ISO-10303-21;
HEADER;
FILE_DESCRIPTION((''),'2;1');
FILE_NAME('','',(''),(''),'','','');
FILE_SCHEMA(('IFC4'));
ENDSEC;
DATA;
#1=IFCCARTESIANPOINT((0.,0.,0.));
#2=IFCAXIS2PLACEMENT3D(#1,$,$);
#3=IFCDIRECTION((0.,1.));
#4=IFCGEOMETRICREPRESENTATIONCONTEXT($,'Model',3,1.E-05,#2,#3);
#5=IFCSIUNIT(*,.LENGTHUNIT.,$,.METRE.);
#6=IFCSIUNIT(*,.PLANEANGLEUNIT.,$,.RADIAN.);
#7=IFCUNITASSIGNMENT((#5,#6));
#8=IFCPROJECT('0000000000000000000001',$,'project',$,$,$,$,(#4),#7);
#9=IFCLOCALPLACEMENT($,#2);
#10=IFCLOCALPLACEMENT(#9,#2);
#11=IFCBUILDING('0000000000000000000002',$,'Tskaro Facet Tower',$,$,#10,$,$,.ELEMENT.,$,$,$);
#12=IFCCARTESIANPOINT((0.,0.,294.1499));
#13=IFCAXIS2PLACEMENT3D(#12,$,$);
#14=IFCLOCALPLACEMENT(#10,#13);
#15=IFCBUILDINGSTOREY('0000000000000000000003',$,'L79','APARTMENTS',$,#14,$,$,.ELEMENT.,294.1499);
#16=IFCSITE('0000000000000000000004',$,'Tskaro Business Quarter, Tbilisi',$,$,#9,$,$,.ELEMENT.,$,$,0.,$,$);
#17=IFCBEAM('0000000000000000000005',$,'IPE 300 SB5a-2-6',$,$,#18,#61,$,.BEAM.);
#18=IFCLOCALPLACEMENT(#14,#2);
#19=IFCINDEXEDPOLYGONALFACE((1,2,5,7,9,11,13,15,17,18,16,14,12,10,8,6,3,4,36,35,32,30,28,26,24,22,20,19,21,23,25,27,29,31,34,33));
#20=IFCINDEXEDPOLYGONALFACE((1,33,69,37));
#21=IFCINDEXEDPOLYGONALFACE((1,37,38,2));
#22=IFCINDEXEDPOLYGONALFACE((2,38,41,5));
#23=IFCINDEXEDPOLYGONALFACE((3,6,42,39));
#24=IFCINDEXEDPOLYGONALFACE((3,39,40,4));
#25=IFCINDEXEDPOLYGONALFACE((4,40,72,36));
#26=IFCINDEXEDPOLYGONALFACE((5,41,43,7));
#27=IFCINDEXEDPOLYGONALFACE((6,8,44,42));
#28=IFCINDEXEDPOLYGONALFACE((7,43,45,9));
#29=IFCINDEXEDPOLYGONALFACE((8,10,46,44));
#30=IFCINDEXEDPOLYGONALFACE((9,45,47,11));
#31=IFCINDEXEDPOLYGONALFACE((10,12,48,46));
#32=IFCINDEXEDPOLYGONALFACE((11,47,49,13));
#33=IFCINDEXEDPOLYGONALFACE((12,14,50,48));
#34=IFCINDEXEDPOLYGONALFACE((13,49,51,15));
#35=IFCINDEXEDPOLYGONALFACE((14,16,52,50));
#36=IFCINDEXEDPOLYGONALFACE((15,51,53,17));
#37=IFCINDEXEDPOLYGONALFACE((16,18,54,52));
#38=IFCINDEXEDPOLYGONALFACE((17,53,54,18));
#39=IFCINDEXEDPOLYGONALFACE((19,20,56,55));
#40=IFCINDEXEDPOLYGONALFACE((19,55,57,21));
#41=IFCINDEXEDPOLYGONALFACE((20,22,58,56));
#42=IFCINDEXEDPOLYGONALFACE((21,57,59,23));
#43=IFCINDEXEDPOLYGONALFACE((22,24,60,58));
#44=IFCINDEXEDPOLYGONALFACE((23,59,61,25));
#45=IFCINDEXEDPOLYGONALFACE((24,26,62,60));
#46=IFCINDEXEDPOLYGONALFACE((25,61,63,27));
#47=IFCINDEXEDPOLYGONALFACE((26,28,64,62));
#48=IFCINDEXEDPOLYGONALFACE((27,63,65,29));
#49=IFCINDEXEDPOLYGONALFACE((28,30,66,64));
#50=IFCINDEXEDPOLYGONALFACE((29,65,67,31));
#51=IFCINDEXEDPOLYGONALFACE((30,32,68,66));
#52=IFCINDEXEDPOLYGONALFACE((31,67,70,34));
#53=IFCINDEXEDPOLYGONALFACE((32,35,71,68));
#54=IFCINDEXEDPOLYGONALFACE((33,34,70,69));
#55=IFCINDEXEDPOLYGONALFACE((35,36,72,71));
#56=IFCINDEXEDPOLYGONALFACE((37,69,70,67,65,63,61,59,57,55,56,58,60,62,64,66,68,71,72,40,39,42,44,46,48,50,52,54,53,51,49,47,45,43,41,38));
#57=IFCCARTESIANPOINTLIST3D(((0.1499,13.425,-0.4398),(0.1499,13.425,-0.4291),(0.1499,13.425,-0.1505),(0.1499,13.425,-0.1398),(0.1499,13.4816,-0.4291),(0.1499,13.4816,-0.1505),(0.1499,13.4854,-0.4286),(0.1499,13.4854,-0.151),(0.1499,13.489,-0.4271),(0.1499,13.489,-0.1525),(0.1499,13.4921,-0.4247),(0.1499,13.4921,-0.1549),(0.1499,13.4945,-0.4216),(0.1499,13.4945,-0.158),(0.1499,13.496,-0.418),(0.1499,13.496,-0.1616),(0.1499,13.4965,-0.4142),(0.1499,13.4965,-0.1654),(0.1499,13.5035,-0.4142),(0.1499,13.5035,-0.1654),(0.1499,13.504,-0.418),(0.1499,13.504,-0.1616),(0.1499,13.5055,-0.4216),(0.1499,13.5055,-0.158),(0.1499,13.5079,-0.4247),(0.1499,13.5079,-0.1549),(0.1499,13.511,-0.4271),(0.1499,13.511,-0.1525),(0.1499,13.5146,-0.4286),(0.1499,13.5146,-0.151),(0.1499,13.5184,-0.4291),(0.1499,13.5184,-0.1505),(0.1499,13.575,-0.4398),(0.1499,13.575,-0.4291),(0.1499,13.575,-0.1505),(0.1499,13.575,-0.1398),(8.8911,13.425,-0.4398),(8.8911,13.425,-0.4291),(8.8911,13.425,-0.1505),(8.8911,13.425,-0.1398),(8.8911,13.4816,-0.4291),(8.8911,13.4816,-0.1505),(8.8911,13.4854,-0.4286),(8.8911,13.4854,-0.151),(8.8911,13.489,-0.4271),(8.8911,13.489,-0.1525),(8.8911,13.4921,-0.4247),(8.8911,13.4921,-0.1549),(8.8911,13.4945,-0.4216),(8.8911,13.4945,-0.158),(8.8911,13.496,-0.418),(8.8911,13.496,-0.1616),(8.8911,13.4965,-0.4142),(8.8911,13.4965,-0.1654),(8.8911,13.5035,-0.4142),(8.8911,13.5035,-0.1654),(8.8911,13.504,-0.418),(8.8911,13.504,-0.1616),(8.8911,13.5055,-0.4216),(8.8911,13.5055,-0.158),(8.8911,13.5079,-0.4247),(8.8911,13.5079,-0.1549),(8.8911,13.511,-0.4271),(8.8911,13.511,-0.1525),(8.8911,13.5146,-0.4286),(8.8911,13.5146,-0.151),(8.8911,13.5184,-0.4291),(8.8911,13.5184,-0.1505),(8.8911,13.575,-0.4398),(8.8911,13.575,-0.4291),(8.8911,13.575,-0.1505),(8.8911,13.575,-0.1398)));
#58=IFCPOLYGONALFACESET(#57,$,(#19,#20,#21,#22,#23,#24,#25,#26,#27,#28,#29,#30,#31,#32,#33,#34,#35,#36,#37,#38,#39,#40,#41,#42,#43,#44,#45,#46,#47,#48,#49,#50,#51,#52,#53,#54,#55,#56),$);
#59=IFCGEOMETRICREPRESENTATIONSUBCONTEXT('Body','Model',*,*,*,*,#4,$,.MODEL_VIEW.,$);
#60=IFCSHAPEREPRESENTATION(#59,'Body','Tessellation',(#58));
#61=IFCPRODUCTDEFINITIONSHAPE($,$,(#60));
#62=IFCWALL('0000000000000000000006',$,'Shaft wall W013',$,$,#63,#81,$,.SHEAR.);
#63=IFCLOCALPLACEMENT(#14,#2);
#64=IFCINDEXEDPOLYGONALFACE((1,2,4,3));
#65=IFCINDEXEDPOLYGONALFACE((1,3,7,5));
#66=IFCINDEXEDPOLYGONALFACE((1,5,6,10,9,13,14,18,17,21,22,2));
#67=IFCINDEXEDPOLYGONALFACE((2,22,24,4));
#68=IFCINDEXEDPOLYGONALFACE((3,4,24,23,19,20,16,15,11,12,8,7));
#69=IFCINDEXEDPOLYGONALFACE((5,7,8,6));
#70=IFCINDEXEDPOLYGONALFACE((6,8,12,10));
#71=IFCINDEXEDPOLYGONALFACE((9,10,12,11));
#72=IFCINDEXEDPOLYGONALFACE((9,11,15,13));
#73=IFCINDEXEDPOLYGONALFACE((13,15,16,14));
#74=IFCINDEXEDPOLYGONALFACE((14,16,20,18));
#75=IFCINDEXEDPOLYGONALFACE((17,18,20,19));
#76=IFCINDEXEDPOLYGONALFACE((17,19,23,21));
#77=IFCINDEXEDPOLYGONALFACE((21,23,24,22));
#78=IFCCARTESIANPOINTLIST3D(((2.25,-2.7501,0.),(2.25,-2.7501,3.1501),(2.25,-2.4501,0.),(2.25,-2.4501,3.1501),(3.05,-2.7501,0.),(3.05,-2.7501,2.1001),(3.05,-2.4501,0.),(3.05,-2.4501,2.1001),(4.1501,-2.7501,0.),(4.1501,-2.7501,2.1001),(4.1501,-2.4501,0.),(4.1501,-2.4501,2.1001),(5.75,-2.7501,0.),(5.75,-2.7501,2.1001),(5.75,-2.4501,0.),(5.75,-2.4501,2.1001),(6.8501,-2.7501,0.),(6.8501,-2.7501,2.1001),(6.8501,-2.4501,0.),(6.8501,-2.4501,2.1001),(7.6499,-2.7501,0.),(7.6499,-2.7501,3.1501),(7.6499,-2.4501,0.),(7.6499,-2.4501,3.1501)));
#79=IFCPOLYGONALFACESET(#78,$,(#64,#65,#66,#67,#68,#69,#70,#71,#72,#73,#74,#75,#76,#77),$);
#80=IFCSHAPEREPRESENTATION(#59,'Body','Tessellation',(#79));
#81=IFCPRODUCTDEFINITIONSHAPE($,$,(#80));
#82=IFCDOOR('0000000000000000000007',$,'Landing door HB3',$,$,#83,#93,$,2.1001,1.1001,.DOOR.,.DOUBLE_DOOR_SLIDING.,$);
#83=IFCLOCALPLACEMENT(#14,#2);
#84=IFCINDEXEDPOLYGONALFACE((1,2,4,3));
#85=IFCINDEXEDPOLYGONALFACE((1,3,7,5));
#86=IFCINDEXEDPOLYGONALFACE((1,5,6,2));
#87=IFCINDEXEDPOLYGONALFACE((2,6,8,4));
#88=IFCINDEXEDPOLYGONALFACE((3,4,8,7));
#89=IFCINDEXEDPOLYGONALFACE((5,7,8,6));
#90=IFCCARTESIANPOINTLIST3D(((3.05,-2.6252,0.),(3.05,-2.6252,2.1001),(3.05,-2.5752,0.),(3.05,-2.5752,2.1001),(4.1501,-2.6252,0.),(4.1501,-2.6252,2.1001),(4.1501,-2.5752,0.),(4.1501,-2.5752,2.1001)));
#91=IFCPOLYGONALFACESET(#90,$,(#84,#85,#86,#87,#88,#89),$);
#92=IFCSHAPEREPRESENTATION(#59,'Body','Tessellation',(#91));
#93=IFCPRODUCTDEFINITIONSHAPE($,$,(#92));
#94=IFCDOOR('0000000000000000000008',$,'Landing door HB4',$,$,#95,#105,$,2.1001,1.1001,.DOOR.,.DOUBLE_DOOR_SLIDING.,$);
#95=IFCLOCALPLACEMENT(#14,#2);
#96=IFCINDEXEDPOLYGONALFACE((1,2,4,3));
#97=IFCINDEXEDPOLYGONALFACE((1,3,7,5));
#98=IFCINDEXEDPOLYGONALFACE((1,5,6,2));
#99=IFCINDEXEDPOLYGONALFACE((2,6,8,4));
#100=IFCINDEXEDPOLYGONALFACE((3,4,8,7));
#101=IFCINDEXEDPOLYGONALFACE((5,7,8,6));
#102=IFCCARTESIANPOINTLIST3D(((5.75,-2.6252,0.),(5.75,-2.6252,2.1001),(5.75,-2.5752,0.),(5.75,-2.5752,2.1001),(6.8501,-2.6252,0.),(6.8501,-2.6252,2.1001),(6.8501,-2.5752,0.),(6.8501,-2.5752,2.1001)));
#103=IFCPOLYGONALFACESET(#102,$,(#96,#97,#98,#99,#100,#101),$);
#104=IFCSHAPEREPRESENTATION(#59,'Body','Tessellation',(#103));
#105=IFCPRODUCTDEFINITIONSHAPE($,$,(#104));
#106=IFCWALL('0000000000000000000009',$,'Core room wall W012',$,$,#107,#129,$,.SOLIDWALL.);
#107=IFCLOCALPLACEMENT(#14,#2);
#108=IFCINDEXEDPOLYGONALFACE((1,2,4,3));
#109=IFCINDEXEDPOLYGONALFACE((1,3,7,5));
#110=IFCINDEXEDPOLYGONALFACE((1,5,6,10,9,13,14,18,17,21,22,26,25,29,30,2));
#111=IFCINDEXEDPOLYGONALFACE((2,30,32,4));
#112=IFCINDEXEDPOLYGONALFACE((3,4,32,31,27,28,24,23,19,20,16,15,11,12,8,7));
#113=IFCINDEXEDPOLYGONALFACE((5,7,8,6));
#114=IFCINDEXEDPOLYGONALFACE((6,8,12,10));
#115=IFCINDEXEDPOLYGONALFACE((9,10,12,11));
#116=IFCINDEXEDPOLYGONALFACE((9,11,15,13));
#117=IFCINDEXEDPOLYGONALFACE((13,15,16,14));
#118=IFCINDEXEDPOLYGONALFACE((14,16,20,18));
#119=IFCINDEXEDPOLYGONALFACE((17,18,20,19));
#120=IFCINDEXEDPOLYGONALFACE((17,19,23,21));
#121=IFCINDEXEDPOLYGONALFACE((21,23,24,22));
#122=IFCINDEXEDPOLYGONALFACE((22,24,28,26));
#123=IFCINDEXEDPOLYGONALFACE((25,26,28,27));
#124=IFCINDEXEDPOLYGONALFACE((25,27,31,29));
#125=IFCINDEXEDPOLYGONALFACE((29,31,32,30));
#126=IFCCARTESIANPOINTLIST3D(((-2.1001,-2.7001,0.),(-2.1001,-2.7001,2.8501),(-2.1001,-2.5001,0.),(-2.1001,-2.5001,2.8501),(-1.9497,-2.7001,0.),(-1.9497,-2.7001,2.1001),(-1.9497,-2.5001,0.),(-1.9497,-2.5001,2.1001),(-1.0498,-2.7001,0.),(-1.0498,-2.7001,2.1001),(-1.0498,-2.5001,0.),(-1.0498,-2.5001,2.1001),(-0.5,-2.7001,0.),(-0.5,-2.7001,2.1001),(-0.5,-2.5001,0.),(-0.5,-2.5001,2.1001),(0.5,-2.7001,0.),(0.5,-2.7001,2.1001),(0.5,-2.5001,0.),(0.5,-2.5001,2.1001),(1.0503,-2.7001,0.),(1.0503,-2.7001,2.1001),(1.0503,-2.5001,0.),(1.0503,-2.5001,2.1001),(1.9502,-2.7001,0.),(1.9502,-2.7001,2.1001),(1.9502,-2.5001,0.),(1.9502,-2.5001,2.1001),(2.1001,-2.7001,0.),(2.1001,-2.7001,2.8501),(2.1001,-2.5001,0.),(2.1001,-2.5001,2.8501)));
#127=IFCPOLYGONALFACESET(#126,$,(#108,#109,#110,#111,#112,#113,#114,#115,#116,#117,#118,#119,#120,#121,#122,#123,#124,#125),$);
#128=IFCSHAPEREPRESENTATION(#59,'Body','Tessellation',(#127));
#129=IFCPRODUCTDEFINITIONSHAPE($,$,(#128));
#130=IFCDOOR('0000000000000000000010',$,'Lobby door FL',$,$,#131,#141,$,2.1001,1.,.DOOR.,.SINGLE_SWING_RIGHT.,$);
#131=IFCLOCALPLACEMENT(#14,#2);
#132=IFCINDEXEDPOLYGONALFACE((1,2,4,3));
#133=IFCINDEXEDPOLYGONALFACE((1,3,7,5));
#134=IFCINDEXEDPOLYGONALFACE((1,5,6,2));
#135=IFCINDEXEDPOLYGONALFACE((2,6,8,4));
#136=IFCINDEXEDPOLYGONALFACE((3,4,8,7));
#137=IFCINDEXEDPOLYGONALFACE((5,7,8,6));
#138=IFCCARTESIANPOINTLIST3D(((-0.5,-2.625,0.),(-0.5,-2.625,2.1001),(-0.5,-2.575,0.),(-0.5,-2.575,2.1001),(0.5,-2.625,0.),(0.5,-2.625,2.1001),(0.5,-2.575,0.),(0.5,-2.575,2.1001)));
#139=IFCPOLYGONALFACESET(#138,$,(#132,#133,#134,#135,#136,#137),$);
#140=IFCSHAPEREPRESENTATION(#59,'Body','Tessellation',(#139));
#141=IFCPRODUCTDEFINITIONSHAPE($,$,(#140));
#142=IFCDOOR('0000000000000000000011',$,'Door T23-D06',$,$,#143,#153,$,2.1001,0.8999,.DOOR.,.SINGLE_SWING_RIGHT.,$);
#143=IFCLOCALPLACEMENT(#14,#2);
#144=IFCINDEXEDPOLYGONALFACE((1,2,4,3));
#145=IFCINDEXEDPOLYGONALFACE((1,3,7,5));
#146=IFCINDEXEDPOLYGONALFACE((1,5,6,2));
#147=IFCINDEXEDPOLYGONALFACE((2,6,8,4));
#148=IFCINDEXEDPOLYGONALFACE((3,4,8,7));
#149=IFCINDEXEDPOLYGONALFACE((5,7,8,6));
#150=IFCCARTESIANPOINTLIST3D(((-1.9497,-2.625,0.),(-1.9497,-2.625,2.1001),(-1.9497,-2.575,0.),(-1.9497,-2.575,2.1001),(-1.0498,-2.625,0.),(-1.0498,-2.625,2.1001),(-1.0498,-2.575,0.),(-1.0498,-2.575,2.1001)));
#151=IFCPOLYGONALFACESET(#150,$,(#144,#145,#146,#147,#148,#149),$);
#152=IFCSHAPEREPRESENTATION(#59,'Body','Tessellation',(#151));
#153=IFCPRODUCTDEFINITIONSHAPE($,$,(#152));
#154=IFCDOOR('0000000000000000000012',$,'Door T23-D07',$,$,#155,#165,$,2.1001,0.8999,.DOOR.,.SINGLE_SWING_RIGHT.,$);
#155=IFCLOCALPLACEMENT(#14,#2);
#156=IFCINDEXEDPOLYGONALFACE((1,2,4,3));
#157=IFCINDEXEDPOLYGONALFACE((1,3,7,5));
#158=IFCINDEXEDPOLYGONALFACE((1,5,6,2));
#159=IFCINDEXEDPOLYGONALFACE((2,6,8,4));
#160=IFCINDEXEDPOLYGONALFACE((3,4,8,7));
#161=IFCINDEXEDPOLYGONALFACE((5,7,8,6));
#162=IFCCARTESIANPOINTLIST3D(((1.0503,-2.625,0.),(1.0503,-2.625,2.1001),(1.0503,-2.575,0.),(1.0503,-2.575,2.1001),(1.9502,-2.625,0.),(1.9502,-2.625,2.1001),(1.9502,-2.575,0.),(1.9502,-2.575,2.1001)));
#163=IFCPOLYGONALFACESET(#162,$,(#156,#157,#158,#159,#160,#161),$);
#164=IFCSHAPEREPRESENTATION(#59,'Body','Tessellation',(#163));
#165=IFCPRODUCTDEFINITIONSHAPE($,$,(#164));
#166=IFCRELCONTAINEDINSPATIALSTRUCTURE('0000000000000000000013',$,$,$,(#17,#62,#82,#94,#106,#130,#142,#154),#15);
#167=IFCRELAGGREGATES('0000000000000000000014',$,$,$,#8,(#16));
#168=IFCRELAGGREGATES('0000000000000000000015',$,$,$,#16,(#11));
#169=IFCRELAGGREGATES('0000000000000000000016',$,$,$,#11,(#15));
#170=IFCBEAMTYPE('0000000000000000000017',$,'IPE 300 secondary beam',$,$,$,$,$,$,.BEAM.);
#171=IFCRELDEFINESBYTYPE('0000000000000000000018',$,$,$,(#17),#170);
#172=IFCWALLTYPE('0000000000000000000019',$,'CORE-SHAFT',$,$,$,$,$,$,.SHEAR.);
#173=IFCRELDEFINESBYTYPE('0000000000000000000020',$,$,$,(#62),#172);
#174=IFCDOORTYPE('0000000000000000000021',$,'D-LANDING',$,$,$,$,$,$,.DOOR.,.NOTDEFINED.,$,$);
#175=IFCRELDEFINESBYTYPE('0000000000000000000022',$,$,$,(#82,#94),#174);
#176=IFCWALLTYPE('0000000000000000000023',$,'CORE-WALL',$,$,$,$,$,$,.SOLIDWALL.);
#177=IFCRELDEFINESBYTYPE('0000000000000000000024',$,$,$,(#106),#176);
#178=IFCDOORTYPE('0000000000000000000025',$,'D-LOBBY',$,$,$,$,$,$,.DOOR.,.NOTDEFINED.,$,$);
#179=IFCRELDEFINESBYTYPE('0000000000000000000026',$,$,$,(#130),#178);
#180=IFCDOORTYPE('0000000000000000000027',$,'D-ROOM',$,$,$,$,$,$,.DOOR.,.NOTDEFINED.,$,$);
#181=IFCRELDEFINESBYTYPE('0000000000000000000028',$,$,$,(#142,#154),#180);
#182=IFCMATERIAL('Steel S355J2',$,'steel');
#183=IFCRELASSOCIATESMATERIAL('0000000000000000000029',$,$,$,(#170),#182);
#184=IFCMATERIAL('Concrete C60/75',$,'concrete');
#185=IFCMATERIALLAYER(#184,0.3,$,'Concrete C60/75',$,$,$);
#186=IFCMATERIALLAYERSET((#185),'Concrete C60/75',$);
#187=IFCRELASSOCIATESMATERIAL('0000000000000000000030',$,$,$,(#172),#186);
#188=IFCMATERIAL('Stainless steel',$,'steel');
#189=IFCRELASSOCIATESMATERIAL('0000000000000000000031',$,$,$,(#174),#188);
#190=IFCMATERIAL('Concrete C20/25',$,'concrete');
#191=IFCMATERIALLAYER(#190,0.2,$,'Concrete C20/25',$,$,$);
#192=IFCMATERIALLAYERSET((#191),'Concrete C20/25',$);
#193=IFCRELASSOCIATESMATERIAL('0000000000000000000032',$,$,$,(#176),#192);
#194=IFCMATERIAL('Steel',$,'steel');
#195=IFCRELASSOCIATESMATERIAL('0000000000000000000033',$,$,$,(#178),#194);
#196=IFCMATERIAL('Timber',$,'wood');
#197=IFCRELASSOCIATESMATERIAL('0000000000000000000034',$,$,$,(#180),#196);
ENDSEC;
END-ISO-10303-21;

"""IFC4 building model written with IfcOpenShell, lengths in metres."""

from ifc_helpers import new_model, si_unit, direction, frame, frame_2d, origin, origin_2d, place, context, subcontext, project, spatial, rectangle, i_section, extrude, material, layer, layer_set, material_profile, profile_set, type_object, element, fill, save


model = new_model("IFC4")

# Units and contexts
model_context = context("Model", 3, precision=1e-05, world=origin(), true_north=direction((0.0, 1.0)))
body_context = subcontext(model_context, "Body", "Model", "MODEL_VIEW")
ifc_project = project(units=[si_unit("LENGTHUNIT", "METRE"), si_unit("PLANEANGLEUNIT", "RADIAN")], contexts=[model_context])

# Site, building, storey
site_placement = place(None, origin())
site = spatial("IfcSite", under=ifc_project, at=site_placement, Name="Tskaro Business Quarter, Tbilisi", CompositionType="ELEMENT", RefElevation=0.0)
building_placement = place(site_placement, origin())
building = spatial("IfcBuilding", under=site, at=building_placement, Name="Tskaro Facet Tower", CompositionType="ELEMENT")
storey_placement = place(building_placement, frame((0.0, 0.0, 294.1499)))
storey = spatial("IfcBuildingStorey", under=building, at=storey_placement, Name="L79", Description="APARTMENTS", CompositionType="ELEMENT", Elevation=294.1499)

# Beam
ifc_material_1 = material(Name="Steel S355J2", Category="steel")
ifc_material_profile_1 = material_profile(ifc_material_1, i_section(OverallWidth=0.1499, OverallDepth=0.3, WebThickness=0.0071, FlangeThickness=0.0107, FilletRadius=0.0149, at=origin_2d()), Name="IPE 300")
ifc_profile_set_1 = profile_set([ifc_material_profile_1], Name="Steel S355J2")
beam_type_1 = type_object("IfcBeamType", Name="IPE 300 secondary beam", PredefinedType="BEAM", material=ifc_profile_set_1)
beam_1_placement = place(storey_placement, frame((0.1499, 13.5, -0.2898), z_axis=(1.0, 0.0, 0.0), x_axis=(0.0, 1.0, 0.0)))
element("IfcBeam", 1, at=beam_1_placement, inside=storey, type_object=beam_type_1, Name="IPE 300 SB5a-2-6", PredefinedType="BEAM", context=body_context, shape_type="SweptSolid", body=[
    extrude(i_section(OverallWidth=0.1499, OverallDepth=0.3, WebThickness=0.0071, FlangeThickness=0.0107, FilletRadius=0.0149, at=origin_2d()), origin(), (0.0, 0.0, 1.0), 8.7412),
])

# Walls, openings, doors
ifc_material_2 = material(Name="Concrete C60/75", Category="concrete")
ifc_layer_1 = layer(ifc_material_2, 0.3, Name="Concrete C60/75")
ifc_layer_set_1 = layer_set([ifc_layer_1], Name="Concrete C60/75")
wall_type_1 = type_object("IfcWallType", Name="CORE-SHAFT", PredefinedType="SHEAR", material=ifc_layer_set_1)
wall_1_placement = place(storey_placement, frame((2.25, -2.6001, 0.0), z_axis=(0.0, 0.0, 1.0), x_axis=(1.0, 0.0, 0.0)))
wall_1 = element("IfcWall", 2, at=wall_1_placement, inside=storey, type_object=wall_type_1, Name="Shaft wall W013", PredefinedType="SHEAR", context=body_context, shape_type="SweptSolid", body=[
    extrude(rectangle(XDim=5.3999, YDim=0.3, at=frame_2d((2.7, 0.0))), origin(), (0.0, 0.0, 1.0), 3.1501),
])
opening_1_placement = place(wall_1_placement, frame((0.8, 0.0, 0.0)))
opening_1 = element("IfcOpeningElement", 3, at=opening_1_placement, cuts=wall_1, PredefinedType="OPENING", context=body_context, shape_type="SweptSolid", body=[
    extrude(rectangle(XDim=1.1001, YDim=2.1001, at=frame_2d((0.55, 1.05))), frame((0.0, 0.1599, 0.0), z_axis=(0.0, -1.0, 0.0), x_axis=(1.0, 0.0, 0.0)), (0.0, 0.0, 1.0), 0.3201),
])
opening_2_placement = place(wall_1_placement, frame((3.5, 0.0, 0.0)))
opening_2 = element("IfcOpeningElement", 4, at=opening_2_placement, cuts=wall_1, PredefinedType="OPENING", context=body_context, shape_type="SweptSolid", body=[
    extrude(rectangle(XDim=1.1001, YDim=2.1001, at=frame_2d((0.55, 1.05))), frame((0.0, 0.1599, 0.0), z_axis=(0.0, -1.0, 0.0), x_axis=(1.0, 0.0, 0.0)), (0.0, 0.0, 1.0), 0.3201),
])
ifc_material_3 = material(Name="Stainless steel", Category="steel")
door_type_1 = type_object("IfcDoorType", Name="D-LANDING", OperationType="NOTDEFINED", PredefinedType="DOOR", material=ifc_material_3)
door_1_placement = place(opening_1_placement, origin())
door_1 = element("IfcDoor", 5, at=door_1_placement, inside=storey, type_object=door_type_1, Name="Landing door HB3", OperationType="DOUBLE_DOOR_SLIDING", OverallHeight=2.1001, OverallWidth=1.1001, PredefinedType="DOOR", context=body_context, shape_type="SweptSolid", body=[
    extrude(rectangle(XDim=1.1001, YDim=2.1001, at=frame_2d((0.55, 1.05))), frame((0.0, 0.0249, 0.0), z_axis=(0.0, -1.0, 0.0), x_axis=(1.0, 0.0, 0.0)), (0.0, 0.0, 1.0), 0.05),
])
fill(opening_1, door_1)
door_2_placement = place(opening_2_placement, origin())
door_2 = element("IfcDoor", 6, at=door_2_placement, inside=storey, type_object=door_type_1, Name="Landing door HB4", OperationType="DOUBLE_DOOR_SLIDING", OverallHeight=2.1001, OverallWidth=1.1001, PredefinedType="DOOR", context=body_context, shape_type="SweptSolid", body=[
    extrude(rectangle(XDim=1.1001, YDim=2.1001, at=frame_2d((0.55, 1.05))), frame((0.0, 0.0249, 0.0), z_axis=(0.0, -1.0, 0.0), x_axis=(1.0, 0.0, 0.0)), (0.0, 0.0, 1.0), 0.05),
])
fill(opening_2, door_2)
ifc_material_4 = material(Name="Concrete C20/25", Category="concrete")
ifc_layer_2 = layer(ifc_material_4, 0.2, Name="Concrete C20/25")
ifc_layer_set_2 = layer_set([ifc_layer_2], Name="Concrete C20/25")
wall_type_2 = type_object("IfcWallType", Name="CORE-WALL", PredefinedType="SOLIDWALL", material=ifc_layer_set_2)
wall_2_placement = place(storey_placement, frame((2.1001, -2.6001, 0.0), z_axis=(0.0, 0.0, 1.0), x_axis=(-1.0, 0.0, 0.0)))
wall_2 = element("IfcWall", 7, at=wall_2_placement, inside=storey, type_object=wall_type_2, Name="Core room wall W012", PredefinedType="SOLIDWALL", context=body_context, shape_type="SweptSolid", body=[
    extrude(rectangle(XDim=4.2002, YDim=0.2, at=frame_2d((2.1001, 0.0))), origin(), (0.0, 0.0, 1.0), 2.8501),
])
opening_3_placement = place(wall_2_placement, frame((1.6001, 0.0, 0.0)))
opening_3 = element("IfcOpeningElement", 8, at=opening_3_placement, cuts=wall_2, PredefinedType="OPENING", context=body_context, shape_type="SweptSolid", body=[
    extrude(rectangle(XDim=1.0, YDim=2.1001, at=frame_2d((0.5, 1.05))), frame((0.0, 0.1099, 0.0), z_axis=(0.0, -1.0, 0.0), x_axis=(1.0, 0.0, 0.0)), (0.0, 0.0, 1.0), 0.22),
])
opening_4_placement = place(wall_2_placement, frame((3.1499, 0.0, 0.0)))
opening_4 = element("IfcOpeningElement", 9, at=opening_4_placement, cuts=wall_2, PredefinedType="OPENING", context=body_context, shape_type="SweptSolid", body=[
    extrude(rectangle(XDim=0.8999, YDim=2.1001, at=frame_2d((0.45, 1.05))), frame((0.0, 0.1099, 0.0), z_axis=(0.0, -1.0, 0.0), x_axis=(1.0, 0.0, 0.0)), (0.0, 0.0, 1.0), 0.22),
])
opening_5_placement = place(wall_2_placement, frame((0.1499, 0.0, 0.0)))
opening_5 = element("IfcOpeningElement", 10, at=opening_5_placement, cuts=wall_2, PredefinedType="OPENING", context=body_context, shape_type="SweptSolid", body=[
    extrude(rectangle(XDim=0.8999, YDim=2.1001, at=frame_2d((0.45, 1.05))), frame((0.0, 0.1099, 0.0), z_axis=(0.0, -1.0, 0.0), x_axis=(1.0, 0.0, 0.0)), (0.0, 0.0, 1.0), 0.22),
])
ifc_material_5 = material(Name="Steel", Category="steel")
door_type_2 = type_object("IfcDoorType", Name="D-LOBBY", OperationType="NOTDEFINED", PredefinedType="DOOR", material=ifc_material_5)
door_3_placement = place(opening_3_placement, origin())
door_3 = element("IfcDoor", 11, at=door_3_placement, inside=storey, type_object=door_type_2, Name="Lobby door FL", OperationType="SINGLE_SWING_RIGHT", OverallHeight=2.1001, OverallWidth=1.0, PredefinedType="DOOR", context=body_context, shape_type="SweptSolid", body=[
    extrude(rectangle(XDim=1.0, YDim=2.1001, at=frame_2d((0.5, 1.05))), frame((0.0, 0.0249, 0.0), z_axis=(0.0, -1.0, 0.0), x_axis=(1.0, 0.0, 0.0)), (0.0, 0.0, 1.0), 0.05),
])
fill(opening_3, door_3)
ifc_material_6 = material(Name="Timber", Category="wood")
door_type_3 = type_object("IfcDoorType", Name="D-ROOM", OperationType="NOTDEFINED", PredefinedType="DOOR", material=ifc_material_6)
door_4_placement = place(opening_4_placement, origin())
door_4 = element("IfcDoor", 12, at=door_4_placement, inside=storey, type_object=door_type_3, Name="Door T23-D06", OperationType="SINGLE_SWING_RIGHT", OverallHeight=2.1001, OverallWidth=0.8999, PredefinedType="DOOR", context=body_context, shape_type="SweptSolid", body=[
    extrude(rectangle(XDim=0.8999, YDim=2.1001, at=frame_2d((0.45, 1.05))), frame((0.0, 0.0249, 0.0), z_axis=(0.0, -1.0, 0.0), x_axis=(1.0, 0.0, 0.0)), (0.0, 0.0, 1.0), 0.05),
])
fill(opening_4, door_4)
door_5_placement = place(opening_5_placement, origin())
door_5 = element("IfcDoor", 13, at=door_5_placement, inside=storey, type_object=door_type_3, Name="Door T23-D07", OperationType="SINGLE_SWING_RIGHT", OverallHeight=2.1001, OverallWidth=0.8999, PredefinedType="DOOR", context=body_context, shape_type="SweptSolid", body=[
    extrude(rectangle(XDim=0.8999, YDim=2.1001, at=frame_2d((0.45, 1.05))), frame((0.0, 0.0249, 0.0), z_axis=(0.0, -1.0, 0.0), x_axis=(1.0, 0.0, 0.0)), (0.0, 0.0, 1.0), 0.05),
])
fill(opening_5, door_5)

save(model, "model.ifc")
